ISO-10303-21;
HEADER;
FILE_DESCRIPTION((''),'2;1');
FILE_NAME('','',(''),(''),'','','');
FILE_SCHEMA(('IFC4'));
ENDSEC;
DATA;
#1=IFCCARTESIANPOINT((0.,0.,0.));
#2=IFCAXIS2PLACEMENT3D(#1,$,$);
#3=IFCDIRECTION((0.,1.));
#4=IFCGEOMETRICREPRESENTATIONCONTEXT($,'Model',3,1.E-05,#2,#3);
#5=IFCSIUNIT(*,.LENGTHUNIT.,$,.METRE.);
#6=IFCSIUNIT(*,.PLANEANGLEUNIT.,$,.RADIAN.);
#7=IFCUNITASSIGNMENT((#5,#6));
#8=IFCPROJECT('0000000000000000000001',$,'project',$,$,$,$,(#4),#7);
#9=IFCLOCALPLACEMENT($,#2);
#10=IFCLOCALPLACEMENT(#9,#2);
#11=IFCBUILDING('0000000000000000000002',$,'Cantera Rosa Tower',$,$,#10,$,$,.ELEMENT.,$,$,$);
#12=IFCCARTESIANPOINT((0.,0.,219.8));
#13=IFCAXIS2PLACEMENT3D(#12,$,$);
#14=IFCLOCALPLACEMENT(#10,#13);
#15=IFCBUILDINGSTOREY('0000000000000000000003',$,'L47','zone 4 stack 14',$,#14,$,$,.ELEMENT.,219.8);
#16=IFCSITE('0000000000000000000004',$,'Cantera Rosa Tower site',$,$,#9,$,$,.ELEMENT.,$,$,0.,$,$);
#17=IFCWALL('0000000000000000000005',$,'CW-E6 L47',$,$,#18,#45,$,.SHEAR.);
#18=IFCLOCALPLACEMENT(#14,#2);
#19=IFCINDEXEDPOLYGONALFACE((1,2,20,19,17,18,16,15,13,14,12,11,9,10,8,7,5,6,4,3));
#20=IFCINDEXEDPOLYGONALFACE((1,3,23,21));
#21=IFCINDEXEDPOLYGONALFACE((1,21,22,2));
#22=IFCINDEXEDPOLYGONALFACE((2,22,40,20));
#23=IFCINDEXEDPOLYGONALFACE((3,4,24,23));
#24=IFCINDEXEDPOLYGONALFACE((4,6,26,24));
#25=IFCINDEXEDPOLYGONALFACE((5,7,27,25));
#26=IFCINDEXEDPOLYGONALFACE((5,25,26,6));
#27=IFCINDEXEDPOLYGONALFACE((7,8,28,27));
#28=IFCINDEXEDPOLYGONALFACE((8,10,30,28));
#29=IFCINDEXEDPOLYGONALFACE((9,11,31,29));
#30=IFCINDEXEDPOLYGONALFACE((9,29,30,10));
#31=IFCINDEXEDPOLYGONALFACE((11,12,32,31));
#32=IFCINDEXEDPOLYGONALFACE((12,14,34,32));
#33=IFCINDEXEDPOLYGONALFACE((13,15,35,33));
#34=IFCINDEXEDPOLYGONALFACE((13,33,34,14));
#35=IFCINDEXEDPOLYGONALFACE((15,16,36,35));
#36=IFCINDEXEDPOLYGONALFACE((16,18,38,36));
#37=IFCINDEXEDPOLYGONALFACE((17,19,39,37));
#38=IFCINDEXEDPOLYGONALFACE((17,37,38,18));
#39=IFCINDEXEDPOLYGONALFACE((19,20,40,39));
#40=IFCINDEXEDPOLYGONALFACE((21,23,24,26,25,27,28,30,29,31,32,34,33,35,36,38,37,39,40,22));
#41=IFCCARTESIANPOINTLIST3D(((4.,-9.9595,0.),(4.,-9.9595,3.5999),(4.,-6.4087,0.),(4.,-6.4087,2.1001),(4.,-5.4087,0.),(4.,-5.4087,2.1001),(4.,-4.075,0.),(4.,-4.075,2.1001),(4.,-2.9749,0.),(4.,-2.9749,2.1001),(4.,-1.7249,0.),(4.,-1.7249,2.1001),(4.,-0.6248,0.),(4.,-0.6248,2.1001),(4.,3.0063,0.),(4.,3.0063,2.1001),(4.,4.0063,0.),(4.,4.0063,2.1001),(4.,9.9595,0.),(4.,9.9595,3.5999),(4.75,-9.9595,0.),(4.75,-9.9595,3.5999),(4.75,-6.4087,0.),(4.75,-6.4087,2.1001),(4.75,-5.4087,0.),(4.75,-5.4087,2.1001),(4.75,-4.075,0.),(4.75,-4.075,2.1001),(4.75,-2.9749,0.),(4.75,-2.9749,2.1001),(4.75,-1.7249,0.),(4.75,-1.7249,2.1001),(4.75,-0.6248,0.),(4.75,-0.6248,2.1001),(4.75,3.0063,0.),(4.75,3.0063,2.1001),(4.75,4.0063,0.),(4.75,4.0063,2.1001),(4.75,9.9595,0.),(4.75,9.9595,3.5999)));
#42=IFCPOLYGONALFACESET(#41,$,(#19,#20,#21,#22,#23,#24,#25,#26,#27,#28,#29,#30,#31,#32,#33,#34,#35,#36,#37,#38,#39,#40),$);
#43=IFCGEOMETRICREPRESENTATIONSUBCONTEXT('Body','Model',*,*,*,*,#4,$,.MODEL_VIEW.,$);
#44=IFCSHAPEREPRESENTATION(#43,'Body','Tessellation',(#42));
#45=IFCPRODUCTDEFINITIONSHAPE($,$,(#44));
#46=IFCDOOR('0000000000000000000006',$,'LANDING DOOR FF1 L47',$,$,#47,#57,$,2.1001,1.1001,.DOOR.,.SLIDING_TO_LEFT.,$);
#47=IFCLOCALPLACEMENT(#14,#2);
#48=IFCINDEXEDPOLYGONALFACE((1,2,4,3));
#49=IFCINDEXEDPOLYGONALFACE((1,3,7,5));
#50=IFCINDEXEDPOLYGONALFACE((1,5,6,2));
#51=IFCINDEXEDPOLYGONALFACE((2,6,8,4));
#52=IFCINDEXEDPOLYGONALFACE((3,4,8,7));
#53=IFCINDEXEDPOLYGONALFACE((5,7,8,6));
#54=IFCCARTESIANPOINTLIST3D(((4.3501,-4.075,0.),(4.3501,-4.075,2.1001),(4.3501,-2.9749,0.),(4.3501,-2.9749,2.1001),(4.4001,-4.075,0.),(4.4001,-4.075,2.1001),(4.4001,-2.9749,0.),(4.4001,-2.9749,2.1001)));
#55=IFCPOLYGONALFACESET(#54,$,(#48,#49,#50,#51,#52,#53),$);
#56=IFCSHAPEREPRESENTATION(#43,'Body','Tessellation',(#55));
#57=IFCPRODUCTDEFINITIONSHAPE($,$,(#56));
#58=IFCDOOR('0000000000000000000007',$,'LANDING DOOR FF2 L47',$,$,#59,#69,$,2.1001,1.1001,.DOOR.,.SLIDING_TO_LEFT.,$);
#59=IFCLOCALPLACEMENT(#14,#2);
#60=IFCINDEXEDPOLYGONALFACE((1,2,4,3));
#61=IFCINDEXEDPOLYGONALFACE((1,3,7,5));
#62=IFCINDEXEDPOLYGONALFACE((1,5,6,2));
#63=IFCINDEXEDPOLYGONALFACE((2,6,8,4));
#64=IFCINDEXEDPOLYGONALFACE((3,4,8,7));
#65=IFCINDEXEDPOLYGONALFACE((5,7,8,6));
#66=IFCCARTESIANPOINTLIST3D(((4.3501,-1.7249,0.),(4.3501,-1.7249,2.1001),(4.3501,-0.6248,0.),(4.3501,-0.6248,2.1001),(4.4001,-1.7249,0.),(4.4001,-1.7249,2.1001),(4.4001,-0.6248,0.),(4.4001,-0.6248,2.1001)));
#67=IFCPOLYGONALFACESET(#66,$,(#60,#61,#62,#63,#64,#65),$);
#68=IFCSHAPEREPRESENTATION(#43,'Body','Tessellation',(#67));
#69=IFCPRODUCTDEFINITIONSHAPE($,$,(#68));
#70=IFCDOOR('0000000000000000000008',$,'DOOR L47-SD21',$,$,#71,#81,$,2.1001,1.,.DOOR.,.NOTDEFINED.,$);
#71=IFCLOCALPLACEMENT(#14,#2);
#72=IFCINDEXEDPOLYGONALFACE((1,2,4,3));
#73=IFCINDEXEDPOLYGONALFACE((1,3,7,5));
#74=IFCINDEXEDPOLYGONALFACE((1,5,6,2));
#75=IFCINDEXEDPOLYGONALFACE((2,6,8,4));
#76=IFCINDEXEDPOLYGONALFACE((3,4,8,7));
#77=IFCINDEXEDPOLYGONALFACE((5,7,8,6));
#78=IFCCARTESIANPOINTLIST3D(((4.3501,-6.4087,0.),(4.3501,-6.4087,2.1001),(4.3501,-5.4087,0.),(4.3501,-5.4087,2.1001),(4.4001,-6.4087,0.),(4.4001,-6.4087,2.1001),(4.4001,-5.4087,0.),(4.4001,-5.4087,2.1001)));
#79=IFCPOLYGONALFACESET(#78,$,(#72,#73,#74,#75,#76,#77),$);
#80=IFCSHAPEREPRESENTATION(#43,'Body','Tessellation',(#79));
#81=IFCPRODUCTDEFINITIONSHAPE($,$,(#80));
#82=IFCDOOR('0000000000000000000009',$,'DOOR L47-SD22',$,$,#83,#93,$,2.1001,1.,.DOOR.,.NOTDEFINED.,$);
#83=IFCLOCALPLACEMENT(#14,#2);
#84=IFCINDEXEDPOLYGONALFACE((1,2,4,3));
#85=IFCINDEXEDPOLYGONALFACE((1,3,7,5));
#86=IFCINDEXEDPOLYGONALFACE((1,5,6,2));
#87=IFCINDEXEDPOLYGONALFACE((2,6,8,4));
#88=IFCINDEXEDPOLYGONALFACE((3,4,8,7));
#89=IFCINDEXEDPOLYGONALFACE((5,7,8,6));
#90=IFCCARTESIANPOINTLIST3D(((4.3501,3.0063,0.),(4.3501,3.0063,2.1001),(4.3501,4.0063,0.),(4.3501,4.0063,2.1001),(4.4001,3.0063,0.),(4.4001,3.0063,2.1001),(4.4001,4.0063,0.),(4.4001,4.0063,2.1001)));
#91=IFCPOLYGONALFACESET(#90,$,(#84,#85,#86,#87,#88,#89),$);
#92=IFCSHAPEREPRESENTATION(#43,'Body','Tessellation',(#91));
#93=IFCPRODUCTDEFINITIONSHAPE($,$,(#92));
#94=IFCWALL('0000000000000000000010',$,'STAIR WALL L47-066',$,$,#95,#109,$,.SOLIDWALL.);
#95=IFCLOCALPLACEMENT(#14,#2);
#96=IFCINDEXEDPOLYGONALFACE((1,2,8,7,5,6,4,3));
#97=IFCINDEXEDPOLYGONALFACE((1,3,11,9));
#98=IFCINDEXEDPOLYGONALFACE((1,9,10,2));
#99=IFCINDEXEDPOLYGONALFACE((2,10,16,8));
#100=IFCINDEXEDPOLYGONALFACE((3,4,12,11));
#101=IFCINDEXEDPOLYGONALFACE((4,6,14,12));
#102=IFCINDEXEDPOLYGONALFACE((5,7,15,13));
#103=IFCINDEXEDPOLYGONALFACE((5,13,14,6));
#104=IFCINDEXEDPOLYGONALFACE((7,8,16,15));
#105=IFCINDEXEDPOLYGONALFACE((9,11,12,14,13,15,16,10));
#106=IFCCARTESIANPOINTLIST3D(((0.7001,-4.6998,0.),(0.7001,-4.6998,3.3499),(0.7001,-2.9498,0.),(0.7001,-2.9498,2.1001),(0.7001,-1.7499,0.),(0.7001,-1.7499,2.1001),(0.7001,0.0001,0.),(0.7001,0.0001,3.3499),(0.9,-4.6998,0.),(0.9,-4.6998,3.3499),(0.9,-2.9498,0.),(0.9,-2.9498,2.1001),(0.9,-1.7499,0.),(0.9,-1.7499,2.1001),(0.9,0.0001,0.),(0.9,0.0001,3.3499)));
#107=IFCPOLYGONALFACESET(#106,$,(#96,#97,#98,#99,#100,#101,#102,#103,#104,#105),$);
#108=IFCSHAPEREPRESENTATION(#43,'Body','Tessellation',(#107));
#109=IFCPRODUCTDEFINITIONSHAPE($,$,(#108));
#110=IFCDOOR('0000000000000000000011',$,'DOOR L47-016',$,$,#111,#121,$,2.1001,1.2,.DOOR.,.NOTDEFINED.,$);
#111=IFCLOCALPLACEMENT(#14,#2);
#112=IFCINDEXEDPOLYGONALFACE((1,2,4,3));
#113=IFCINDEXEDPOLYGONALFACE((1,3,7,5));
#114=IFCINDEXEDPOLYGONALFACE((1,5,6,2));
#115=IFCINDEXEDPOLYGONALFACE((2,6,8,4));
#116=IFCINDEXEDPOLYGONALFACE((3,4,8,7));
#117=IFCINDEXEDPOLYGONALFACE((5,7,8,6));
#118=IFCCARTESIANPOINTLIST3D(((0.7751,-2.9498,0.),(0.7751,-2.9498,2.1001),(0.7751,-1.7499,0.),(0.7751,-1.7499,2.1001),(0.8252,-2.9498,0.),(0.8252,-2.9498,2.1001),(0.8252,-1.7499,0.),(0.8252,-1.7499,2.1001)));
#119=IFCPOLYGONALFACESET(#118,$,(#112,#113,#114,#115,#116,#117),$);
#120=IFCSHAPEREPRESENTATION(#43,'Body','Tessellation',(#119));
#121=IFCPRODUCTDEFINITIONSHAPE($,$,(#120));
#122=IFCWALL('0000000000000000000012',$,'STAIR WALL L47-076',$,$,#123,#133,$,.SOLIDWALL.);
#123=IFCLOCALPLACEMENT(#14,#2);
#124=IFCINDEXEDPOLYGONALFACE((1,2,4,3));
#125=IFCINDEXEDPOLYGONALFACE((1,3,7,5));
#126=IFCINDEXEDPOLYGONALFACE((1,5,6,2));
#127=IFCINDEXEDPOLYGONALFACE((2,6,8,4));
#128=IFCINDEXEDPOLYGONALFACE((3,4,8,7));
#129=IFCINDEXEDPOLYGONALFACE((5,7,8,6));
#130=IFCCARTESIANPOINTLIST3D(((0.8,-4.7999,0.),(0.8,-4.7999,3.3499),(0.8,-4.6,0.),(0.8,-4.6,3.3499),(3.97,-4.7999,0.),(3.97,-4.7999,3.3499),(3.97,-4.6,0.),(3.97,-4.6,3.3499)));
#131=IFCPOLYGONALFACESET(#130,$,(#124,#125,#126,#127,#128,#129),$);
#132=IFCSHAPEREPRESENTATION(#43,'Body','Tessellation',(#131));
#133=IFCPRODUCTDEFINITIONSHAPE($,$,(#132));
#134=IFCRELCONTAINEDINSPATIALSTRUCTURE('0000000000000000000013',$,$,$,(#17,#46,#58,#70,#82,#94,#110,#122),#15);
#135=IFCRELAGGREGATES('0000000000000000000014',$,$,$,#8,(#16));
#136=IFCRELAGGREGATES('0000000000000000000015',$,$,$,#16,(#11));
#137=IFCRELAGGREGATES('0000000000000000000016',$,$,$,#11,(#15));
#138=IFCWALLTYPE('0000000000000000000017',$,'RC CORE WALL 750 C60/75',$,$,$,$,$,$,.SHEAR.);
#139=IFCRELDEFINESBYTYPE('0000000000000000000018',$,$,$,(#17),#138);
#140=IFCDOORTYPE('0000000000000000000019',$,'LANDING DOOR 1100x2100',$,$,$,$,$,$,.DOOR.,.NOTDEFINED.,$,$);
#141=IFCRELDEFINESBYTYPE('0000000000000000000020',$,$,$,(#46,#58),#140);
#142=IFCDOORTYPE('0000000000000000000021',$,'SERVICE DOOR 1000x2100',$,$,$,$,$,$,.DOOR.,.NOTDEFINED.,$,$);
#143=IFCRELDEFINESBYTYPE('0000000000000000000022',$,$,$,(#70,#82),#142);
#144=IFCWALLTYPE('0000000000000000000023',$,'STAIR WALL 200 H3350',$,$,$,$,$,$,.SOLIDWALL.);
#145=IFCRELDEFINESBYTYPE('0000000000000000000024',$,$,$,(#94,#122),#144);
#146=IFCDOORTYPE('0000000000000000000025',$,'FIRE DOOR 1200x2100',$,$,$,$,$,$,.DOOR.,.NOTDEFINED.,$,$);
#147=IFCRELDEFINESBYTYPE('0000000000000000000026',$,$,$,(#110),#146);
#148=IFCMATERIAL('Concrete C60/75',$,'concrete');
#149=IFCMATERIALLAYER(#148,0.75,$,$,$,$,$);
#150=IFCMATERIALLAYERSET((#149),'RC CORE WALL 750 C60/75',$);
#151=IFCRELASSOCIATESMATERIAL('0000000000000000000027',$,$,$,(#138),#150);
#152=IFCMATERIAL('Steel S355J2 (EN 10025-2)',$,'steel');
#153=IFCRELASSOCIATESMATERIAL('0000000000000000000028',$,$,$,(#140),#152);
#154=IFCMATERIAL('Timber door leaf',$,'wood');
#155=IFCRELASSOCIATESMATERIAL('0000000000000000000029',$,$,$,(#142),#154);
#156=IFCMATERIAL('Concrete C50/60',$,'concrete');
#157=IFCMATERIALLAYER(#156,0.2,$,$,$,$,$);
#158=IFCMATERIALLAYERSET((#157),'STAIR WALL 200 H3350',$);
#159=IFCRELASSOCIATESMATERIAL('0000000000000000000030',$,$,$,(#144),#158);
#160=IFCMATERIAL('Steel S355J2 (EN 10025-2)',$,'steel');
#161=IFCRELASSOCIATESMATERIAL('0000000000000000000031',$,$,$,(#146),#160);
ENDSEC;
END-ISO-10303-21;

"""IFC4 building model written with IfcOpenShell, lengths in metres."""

from ifc_helpers import new_model, si_unit, direction, frame, frame_2d, origin, place, context, subcontext, project, spatial, rectangle, extrude, material, layer, layer_set, type_object, element, fill, save


model = new_model("IFC4")

# Units and contexts
model_context = context("Model", 3, precision=1e-05, world=origin(), true_north=direction((0.0, 1.0)))
body_context = subcontext(model_context, "Body", "Model", "MODEL_VIEW")
ifc_project = project(units=[si_unit("LENGTHUNIT", "METRE"), si_unit("PLANEANGLEUNIT", "RADIAN")], contexts=[model_context])

# Site, building, storey
site_placement = place(None, origin())
site = spatial("IfcSite", under=ifc_project, at=site_placement, Name="Cantera Rosa Tower site", CompositionType="ELEMENT", RefElevation=0.0)
building_placement = place(site_placement, origin())
building = spatial("IfcBuilding", under=site, at=building_placement, Name="Cantera Rosa Tower", CompositionType="ELEMENT")
storey_placement = place(building_placement, frame((0.0, 0.0, 219.8)))
storey = spatial("IfcBuildingStorey", under=building, at=storey_placement, Name="L47", Description="zone 4 stack 14", CompositionType="ELEMENT", Elevation=219.8)

# Shared definitions
ifc_material_1 = material(Name="Concrete C60/75", Category="concrete")
ifc_layer_1 = layer(ifc_material_1, 0.75)
ifc_layer_set_1 = layer_set([ifc_layer_1], Name="RC CORE WALL 750 C60/75")
wall_type_1 = type_object("IfcWallType", Name="RC CORE WALL 750 C60/75", PredefinedType="SHEAR", material=ifc_layer_set_1)

# Wall, openings, doors
wall_1_placement = place(storey_placement, frame((4.375, -9.9595, 0.0), z_axis=(0.0, 0.0, 1.0), x_axis=(0.0, 1.0, 0.0)))
wall_1 = element("IfcWall", 1, at=wall_1_placement, inside=storey, type_object=wall_type_1, Name="CW-E6 L47", PredefinedType="SHEAR", context=body_context, shape_type="SweptSolid", body=[
    extrude(rectangle(XDim=19.9189, YDim=0.75, at=frame_2d((9.9595, 0.0))), origin(), (0.0, 0.0, 1.0), 3.5999),
])
opening_1_placement = place(wall_1_placement, frame((5.8845, 0.0, 0.0)))
opening_1 = element("IfcOpeningElement", 2, at=opening_1_placement, cuts=wall_1, PredefinedType="OPENING", context=body_context, shape_type="SweptSolid", body=[
    extrude(rectangle(XDim=1.1001, YDim=2.1001, at=frame_2d((0.55, 1.05))), frame((0.0, 0.385, 0.0), z_axis=(0.0, -1.0, 0.0), x_axis=(1.0, 0.0, 0.0)), (0.0, 0.0, 1.0), 0.77),
])
opening_2_placement = place(wall_1_placement, frame((8.2346, 0.0, 0.0)))
opening_2 = element("IfcOpeningElement", 3, at=opening_2_placement, cuts=wall_1, PredefinedType="OPENING", context=body_context, shape_type="SweptSolid", body=[
    extrude(rectangle(XDim=1.1001, YDim=2.1001, at=frame_2d((0.55, 1.05))), frame((0.0, 0.385, 0.0), z_axis=(0.0, -1.0, 0.0), x_axis=(1.0, 0.0, 0.0)), (0.0, 0.0, 1.0), 0.77),
])
opening_3_placement = place(wall_1_placement, frame((3.5508, 0.0, 0.0)))
opening_3 = element("IfcOpeningElement", 4, at=opening_3_placement, cuts=wall_1, PredefinedType="OPENING", context=body_context, shape_type="SweptSolid", body=[
    extrude(rectangle(XDim=1.0, YDim=2.1001, at=frame_2d((0.5, 1.05))), frame((0.0, 0.385, 0.0), z_axis=(0.0, -1.0, 0.0), x_axis=(1.0, 0.0, 0.0)), (0.0, 0.0, 1.0), 0.77),
])
opening_4_placement = place(wall_1_placement, frame((12.9658, 0.0, 0.0)))
opening_4 = element("IfcOpeningElement", 5, at=opening_4_placement, cuts=wall_1, PredefinedType="OPENING", context=body_context, shape_type="SweptSolid", body=[
    extrude(rectangle(XDim=1.0, YDim=2.1001, at=frame_2d((0.5, 1.05))), frame((0.0, 0.385, 0.0), z_axis=(0.0, -1.0, 0.0), x_axis=(1.0, 0.0, 0.0)), (0.0, 0.0, 1.0), 0.77),
])
ifc_material_2 = material(Name="Steel S355J2 (EN 10025-2)", Category="steel")
door_type_1 = type_object("IfcDoorType", Name="LANDING DOOR 1100x2100", OperationType="NOTDEFINED", PredefinedType="DOOR", material=ifc_material_2)
door_1_placement = place(opening_1_placement, origin())
door_1 = element("IfcDoor", 6, at=door_1_placement, inside=storey, type_object=door_type_1, Name="LANDING DOOR FF1 L47", OperationType="SLIDING_TO_LEFT", OverallHeight=2.1001, OverallWidth=1.1001, PredefinedType="DOOR", context=body_context, shape_type="SweptSolid", body=[
    extrude(rectangle(XDim=1.1001, YDim=2.1001, at=frame_2d((0.55, 1.05))), frame((0.0, 0.0249, 0.0), z_axis=(0.0, -1.0, 0.0), x_axis=(1.0, 0.0, 0.0)), (0.0, 0.0, 1.0), 0.05),
])
fill(opening_1, door_1)
door_2_placement = place(opening_2_placement, origin())
door_2 = element("IfcDoor", 7, at=door_2_placement, inside=storey, type_object=door_type_1, Name="LANDING DOOR FF2 L47", OperationType="SLIDING_TO_LEFT", OverallHeight=2.1001, OverallWidth=1.1001, PredefinedType="DOOR", context=body_context, shape_type="SweptSolid", body=[
    extrude(rectangle(XDim=1.1001, YDim=2.1001, at=frame_2d((0.55, 1.05))), frame((0.0, 0.0249, 0.0), z_axis=(0.0, -1.0, 0.0), x_axis=(1.0, 0.0, 0.0)), (0.0, 0.0, 1.0), 0.05),
])
fill(opening_2, door_2)
ifc_material_3 = material(Name="Timber door leaf", Category="wood")
door_type_2 = type_object("IfcDoorType", Name="SERVICE DOOR 1000x2100", OperationType="NOTDEFINED", PredefinedType="DOOR", material=ifc_material_3)
door_3_placement = place(opening_3_placement, origin())
door_3 = element("IfcDoor", 8, at=door_3_placement, inside=storey, type_object=door_type_2, Name="DOOR L47-SD21", OperationType="NOTDEFINED", OverallHeight=2.1001, OverallWidth=1.0, PredefinedType="DOOR", context=body_context, shape_type="SweptSolid", body=[
    extrude(rectangle(XDim=1.0, YDim=2.1001, at=frame_2d((0.5, 1.05))), frame((0.0, 0.0249, 0.0), z_axis=(0.0, -1.0, 0.0), x_axis=(1.0, 0.0, 0.0)), (0.0, 0.0, 1.0), 0.05),
])
fill(opening_3, door_3)
door_4_placement = place(opening_4_placement, origin())
door_4 = element("IfcDoor", 9, at=door_4_placement, inside=storey, type_object=door_type_2, Name="DOOR L47-SD22", OperationType="NOTDEFINED", OverallHeight=2.1001, OverallWidth=1.0, PredefinedType="DOOR", context=body_context, shape_type="SweptSolid", body=[
    extrude(rectangle(XDim=1.0, YDim=2.1001, at=frame_2d((0.5, 1.05))), frame((0.0, 0.0249, 0.0), z_axis=(0.0, -1.0, 0.0), x_axis=(1.0, 0.0, 0.0)), (0.0, 0.0, 1.0), 0.05),
])
fill(opening_4, door_4)

# Wall, opening, door
ifc_material_4 = material(Name="Concrete C50/60", Category="concrete")
ifc_layer_2 = layer(ifc_material_4, 0.2)
ifc_layer_set_2 = layer_set([ifc_layer_2], Name="STAIR WALL 200 H3350")
wall_type_2 = type_object("IfcWallType", Name="STAIR WALL 200 H3350", PredefinedType="SOLIDWALL", material=ifc_layer_set_2)
wall_2_placement = place(storey_placement, frame((0.8, -4.7, 0.0), z_axis=(0.0, 0.0, 1.0), x_axis=(0.0, 1.0, 0.0)))
wall_2 = element("IfcWall", 10, at=wall_2_placement, inside=storey, type_object=wall_type_2, Name="STAIR WALL L47-066", PredefinedType="SOLIDWALL", context=body_context, shape_type="SweptSolid", body=[
    extrude(rectangle(XDim=4.7, YDim=0.2, at=frame_2d((2.3501, 0.0))), origin(), (0.0, 0.0, 1.0), 3.3499),
])
opening_5_placement = place(wall_2_placement, frame((1.75, 0.0, 0.0)))
opening_5 = element("IfcOpeningElement", 11, at=opening_5_placement, cuts=wall_2, PredefinedType="OPENING", context=body_context, shape_type="SweptSolid", body=[
    extrude(rectangle(XDim=1.2, YDim=2.1001, at=frame_2d((0.6001, 1.05))), frame((0.0, 0.1099, 0.0), z_axis=(0.0, -1.0, 0.0), x_axis=(1.0, 0.0, 0.0)), (0.0, 0.0, 1.0), 0.22),
])
ifc_material_5 = material(Name="Steel S355J2 (EN 10025-2)", Category="steel")
door_type_3 = type_object("IfcDoorType", Name="FIRE DOOR 1200x2100", OperationType="NOTDEFINED", PredefinedType="DOOR", material=ifc_material_5)
door_5_placement = place(opening_5_placement, origin())
door_5 = element("IfcDoor", 12, at=door_5_placement, inside=storey, type_object=door_type_3, Name="DOOR L47-016", OperationType="NOTDEFINED", OverallHeight=2.1001, OverallWidth=1.2, PredefinedType="DOOR", context=body_context, shape_type="SweptSolid", body=[
    extrude(rectangle(XDim=1.2, YDim=2.1001, at=frame_2d((0.6001, 1.05))), frame((0.0, 0.0249, 0.0), z_axis=(0.0, -1.0, 0.0), x_axis=(1.0, 0.0, 0.0)), (0.0, 0.0, 1.0), 0.05),
])
fill(opening_5, door_5)

# Wall
wall_3_placement = place(storey_placement, frame((3.97, -4.7, 0.0), z_axis=(0.0, 0.0, 1.0), x_axis=(-1.0, 0.0, 0.0)))
element("IfcWall", 13, at=wall_3_placement, inside=storey, type_object=wall_type_2, Name="STAIR WALL L47-076", PredefinedType="SOLIDWALL", context=body_context, shape_type="SweptSolid", body=[
    extrude(rectangle(XDim=3.1699, YDim=0.2, at=frame_2d((1.585, 0.0))), origin(), (0.0, 0.0, 1.0), 3.3499),
])

save(model, "model.ifc")
